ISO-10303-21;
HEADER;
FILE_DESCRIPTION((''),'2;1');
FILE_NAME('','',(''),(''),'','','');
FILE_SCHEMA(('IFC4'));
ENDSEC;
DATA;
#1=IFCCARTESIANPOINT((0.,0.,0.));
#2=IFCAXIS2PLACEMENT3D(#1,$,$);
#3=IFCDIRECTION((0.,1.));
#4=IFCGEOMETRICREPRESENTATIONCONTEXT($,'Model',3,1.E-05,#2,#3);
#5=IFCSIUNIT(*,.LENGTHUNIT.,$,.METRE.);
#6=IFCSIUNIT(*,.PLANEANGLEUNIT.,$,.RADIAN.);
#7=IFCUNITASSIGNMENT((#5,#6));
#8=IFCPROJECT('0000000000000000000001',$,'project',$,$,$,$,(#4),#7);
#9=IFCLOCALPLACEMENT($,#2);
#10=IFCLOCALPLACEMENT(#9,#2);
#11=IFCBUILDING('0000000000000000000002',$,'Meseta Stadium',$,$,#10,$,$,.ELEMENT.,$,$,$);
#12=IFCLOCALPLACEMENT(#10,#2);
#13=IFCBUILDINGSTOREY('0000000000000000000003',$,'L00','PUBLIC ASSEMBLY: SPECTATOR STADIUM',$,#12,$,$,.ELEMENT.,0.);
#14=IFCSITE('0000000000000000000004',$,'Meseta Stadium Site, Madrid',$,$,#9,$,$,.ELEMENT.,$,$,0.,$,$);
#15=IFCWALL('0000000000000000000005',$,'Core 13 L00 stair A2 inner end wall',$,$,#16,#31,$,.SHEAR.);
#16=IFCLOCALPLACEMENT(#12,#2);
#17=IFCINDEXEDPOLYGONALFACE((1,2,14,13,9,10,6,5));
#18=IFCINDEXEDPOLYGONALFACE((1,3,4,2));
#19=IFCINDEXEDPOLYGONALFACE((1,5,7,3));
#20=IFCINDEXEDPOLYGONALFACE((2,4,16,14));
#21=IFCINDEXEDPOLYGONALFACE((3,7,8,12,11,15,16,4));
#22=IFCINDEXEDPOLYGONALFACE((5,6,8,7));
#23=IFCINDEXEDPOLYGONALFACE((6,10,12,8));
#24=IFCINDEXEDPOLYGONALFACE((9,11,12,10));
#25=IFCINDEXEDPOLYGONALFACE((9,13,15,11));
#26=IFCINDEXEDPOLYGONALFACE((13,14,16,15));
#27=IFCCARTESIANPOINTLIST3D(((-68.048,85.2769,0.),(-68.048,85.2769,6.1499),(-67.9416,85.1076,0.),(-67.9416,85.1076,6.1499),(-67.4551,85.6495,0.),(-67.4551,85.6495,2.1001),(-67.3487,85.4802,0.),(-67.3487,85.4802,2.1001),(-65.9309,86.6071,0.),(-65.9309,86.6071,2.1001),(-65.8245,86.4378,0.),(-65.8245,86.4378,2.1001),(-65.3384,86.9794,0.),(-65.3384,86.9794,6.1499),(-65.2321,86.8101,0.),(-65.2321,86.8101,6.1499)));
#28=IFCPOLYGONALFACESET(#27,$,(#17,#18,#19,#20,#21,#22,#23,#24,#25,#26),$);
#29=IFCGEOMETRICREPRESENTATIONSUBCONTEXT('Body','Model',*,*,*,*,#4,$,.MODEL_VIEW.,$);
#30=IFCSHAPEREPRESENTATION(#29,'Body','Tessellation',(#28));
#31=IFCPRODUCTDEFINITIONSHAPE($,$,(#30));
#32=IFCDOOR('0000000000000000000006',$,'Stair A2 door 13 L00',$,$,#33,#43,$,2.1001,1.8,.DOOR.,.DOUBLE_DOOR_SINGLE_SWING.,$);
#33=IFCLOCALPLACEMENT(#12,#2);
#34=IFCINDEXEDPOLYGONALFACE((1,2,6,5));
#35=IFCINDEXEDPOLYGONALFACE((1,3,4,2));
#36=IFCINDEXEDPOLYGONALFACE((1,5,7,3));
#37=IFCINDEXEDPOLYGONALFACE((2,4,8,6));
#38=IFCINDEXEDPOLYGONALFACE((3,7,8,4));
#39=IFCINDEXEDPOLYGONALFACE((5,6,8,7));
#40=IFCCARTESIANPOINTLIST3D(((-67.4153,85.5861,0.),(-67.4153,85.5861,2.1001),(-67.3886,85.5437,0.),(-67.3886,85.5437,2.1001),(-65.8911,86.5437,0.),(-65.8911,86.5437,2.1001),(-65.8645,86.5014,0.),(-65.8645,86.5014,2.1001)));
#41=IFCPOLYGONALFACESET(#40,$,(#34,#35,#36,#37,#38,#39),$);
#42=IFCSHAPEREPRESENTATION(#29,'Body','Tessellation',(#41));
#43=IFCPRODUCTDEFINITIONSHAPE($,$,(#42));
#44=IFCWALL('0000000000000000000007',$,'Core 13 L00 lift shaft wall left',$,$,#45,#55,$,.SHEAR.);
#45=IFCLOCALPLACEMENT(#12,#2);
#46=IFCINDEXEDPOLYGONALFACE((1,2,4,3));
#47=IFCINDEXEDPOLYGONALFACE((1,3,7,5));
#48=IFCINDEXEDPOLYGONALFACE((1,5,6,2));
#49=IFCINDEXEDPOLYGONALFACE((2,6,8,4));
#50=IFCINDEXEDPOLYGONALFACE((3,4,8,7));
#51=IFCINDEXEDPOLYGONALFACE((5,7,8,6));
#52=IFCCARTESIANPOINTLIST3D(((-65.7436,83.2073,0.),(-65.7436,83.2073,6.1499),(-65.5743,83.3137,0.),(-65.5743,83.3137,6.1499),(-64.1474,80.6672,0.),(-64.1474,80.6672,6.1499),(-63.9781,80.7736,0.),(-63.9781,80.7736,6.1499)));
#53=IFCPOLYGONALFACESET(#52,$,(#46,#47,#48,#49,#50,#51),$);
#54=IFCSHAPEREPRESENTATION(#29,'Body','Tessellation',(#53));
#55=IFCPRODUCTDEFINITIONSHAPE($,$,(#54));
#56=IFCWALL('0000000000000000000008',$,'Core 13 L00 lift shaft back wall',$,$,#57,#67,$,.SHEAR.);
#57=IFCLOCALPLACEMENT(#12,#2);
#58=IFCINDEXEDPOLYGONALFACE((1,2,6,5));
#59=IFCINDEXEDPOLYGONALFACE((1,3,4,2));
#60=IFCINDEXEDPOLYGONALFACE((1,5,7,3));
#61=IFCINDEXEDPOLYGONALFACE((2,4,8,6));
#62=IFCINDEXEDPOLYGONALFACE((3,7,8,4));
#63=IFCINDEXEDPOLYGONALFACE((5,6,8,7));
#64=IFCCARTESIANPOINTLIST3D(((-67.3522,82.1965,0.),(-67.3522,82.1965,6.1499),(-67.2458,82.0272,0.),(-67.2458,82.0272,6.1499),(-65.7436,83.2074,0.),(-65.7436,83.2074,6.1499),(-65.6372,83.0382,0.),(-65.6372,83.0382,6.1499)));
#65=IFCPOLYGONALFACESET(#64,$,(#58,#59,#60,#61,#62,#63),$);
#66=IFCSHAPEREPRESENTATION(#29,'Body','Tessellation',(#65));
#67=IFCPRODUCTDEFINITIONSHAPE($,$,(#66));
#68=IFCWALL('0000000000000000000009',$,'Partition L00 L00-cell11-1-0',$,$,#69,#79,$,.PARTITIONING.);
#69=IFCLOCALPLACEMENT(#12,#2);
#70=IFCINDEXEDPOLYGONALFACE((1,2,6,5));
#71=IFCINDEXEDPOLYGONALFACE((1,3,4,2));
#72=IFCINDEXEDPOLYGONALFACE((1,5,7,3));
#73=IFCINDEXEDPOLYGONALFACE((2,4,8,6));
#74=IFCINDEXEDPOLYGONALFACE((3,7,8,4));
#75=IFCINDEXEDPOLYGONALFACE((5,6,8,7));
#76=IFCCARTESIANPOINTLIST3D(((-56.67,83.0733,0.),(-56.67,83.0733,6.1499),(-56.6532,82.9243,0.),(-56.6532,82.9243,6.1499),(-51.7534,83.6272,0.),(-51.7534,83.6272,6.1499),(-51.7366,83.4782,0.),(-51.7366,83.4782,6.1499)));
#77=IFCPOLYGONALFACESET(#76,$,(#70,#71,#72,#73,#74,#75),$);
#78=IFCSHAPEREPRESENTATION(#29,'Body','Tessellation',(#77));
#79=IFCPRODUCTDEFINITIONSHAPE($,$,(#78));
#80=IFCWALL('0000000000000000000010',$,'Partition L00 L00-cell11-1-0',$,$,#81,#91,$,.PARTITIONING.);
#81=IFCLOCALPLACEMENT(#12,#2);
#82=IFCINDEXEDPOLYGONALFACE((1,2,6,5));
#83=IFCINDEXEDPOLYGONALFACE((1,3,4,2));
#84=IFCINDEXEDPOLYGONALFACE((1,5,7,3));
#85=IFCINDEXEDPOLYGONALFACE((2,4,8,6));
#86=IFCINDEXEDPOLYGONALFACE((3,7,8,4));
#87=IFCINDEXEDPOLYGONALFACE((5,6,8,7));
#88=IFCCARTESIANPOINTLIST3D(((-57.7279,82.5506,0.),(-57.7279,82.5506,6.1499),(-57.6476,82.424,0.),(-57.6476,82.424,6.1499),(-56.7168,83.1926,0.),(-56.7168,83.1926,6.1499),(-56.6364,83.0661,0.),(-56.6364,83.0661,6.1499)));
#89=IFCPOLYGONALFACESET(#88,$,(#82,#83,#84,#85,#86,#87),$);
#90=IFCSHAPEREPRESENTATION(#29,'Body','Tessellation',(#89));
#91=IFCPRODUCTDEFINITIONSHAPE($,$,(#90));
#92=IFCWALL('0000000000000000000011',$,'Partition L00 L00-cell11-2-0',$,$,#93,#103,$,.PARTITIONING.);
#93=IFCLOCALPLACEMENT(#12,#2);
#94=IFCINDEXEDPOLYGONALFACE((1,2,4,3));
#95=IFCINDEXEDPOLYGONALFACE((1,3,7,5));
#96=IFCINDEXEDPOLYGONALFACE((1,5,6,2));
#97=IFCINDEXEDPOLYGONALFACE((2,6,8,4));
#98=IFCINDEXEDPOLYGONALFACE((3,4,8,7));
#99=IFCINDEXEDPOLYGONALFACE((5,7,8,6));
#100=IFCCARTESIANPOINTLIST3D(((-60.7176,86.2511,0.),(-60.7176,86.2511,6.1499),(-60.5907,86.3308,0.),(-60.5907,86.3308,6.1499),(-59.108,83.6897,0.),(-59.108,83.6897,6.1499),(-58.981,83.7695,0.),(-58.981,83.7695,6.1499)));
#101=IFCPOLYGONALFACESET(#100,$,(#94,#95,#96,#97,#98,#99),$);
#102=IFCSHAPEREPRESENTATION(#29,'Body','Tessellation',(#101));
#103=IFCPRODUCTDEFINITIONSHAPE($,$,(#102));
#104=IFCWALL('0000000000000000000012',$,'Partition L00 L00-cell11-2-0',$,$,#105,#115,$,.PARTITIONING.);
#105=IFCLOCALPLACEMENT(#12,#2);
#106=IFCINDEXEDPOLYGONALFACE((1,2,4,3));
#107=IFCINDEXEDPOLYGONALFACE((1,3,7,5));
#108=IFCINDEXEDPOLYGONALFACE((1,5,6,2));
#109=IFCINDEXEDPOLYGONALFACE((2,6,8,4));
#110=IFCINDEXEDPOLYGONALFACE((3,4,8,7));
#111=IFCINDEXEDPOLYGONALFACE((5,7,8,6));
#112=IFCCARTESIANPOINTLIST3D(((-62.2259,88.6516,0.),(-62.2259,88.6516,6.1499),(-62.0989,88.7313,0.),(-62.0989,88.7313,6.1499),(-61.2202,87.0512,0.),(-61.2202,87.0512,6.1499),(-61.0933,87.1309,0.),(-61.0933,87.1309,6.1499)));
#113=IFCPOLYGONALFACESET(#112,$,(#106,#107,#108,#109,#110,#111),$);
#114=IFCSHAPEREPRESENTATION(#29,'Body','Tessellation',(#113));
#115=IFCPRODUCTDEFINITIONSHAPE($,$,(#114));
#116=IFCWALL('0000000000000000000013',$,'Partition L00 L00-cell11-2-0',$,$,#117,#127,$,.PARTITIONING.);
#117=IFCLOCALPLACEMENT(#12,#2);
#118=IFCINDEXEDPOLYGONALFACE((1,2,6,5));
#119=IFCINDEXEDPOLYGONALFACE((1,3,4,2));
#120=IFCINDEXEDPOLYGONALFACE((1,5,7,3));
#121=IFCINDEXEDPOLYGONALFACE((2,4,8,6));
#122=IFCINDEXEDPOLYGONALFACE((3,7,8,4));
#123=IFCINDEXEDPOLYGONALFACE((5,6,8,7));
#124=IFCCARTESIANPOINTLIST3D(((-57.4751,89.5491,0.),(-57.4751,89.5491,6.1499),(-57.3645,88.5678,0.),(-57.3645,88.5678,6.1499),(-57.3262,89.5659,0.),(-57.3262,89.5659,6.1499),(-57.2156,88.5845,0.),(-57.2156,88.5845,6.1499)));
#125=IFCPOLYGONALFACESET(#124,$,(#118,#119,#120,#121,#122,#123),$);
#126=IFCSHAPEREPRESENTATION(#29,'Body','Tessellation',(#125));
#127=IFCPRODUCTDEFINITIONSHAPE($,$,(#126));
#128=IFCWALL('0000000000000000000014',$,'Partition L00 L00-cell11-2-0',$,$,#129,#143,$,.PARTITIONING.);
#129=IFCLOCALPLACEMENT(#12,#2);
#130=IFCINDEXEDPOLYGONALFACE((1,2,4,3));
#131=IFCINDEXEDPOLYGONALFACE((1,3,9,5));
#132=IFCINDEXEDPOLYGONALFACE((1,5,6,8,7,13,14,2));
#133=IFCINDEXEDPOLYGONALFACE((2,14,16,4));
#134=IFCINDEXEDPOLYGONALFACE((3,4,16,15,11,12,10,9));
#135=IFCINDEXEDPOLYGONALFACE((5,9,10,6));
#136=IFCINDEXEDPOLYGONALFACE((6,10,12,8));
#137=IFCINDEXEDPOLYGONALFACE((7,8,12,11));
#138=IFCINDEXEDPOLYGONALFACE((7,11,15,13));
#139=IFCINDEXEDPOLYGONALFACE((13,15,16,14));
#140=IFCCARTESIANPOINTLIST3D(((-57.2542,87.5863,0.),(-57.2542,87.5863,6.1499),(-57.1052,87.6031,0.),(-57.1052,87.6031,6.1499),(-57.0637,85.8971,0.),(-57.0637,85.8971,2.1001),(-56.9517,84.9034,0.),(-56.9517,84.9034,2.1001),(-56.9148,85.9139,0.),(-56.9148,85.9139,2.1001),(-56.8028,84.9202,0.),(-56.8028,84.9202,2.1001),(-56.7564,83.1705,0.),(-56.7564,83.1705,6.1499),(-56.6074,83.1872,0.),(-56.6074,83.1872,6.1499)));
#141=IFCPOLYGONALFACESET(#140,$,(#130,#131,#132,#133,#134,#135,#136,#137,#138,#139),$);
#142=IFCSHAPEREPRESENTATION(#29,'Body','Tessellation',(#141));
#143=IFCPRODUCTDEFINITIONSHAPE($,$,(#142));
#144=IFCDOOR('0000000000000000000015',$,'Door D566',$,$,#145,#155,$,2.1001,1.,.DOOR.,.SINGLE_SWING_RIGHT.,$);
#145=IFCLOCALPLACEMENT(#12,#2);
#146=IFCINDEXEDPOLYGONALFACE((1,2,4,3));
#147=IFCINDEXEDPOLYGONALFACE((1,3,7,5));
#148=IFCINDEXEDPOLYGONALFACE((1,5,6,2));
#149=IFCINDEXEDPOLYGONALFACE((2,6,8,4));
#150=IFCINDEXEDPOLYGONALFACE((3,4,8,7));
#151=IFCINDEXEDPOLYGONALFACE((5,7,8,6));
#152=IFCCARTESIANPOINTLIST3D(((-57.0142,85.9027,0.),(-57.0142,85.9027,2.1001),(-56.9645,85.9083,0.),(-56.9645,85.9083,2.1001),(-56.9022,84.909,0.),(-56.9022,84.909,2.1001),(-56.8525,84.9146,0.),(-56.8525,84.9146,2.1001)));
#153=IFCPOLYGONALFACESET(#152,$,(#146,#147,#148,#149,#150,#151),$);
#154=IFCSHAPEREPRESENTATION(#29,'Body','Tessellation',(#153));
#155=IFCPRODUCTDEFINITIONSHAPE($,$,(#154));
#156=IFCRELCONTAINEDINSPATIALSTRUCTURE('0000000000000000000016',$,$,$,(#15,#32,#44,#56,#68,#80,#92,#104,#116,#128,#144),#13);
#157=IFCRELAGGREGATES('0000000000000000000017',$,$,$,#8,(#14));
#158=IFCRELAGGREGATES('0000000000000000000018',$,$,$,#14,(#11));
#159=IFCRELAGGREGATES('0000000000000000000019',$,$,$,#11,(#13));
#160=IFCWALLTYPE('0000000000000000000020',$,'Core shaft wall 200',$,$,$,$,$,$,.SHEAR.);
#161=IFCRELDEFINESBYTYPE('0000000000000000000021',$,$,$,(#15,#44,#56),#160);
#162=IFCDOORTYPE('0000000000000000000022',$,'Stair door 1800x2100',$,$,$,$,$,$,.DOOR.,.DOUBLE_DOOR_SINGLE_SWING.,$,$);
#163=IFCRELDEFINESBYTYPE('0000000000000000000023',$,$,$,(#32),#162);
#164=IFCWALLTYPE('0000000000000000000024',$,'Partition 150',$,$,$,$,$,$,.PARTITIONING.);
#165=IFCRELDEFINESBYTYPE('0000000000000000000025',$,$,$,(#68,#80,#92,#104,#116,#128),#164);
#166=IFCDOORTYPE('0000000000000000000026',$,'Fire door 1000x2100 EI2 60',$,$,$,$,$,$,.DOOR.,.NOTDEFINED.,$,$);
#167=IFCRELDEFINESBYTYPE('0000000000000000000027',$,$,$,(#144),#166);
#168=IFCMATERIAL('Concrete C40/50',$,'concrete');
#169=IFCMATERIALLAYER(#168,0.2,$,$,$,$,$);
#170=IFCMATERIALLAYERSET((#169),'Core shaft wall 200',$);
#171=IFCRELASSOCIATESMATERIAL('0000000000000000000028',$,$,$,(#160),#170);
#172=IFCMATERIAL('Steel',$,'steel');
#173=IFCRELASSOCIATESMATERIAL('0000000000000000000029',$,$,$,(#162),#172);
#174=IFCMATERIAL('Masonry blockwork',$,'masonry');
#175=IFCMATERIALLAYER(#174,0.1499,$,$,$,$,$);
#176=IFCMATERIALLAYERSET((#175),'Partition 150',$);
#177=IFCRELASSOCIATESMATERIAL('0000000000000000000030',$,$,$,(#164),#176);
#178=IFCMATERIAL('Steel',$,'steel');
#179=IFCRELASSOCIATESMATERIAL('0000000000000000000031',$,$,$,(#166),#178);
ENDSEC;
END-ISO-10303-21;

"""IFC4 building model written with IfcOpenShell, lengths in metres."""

from ifc_helpers import new_model, si_unit, direction, frame, frame_2d, origin, place, context, subcontext, project, spatial, rectangle, extrude, material, layer, layer_set, type_object, element, fill, save


model = new_model("IFC4")

# Units and contexts
model_context = context("Model", 3, precision=1e-05, world=origin(), true_north=direction((0.0, 1.0)))
body_context = subcontext(model_context, "Body", "Model", "MODEL_VIEW")
ifc_project = project(units=[si_unit("LENGTHUNIT", "METRE"), si_unit("PLANEANGLEUNIT", "RADIAN")], contexts=[model_context])

# Site, building, storey
site_placement = place(None, origin())
site = spatial("IfcSite", under=ifc_project, at=site_placement, Name="Meseta Stadium Site, Madrid", CompositionType="ELEMENT", RefElevation=0.0)
building_placement = place(site_placement, origin())
building = spatial("IfcBuilding", under=site, at=building_placement, Name="Meseta Stadium", CompositionType="ELEMENT")
storey_placement = place(building_placement, origin())
storey = spatial("IfcBuildingStorey", under=building, at=storey_placement, Name="L00", Description="PUBLIC ASSEMBLY: SPECTATOR STADIUM", CompositionType="ELEMENT", Elevation=0.0)

# Wall, opening, door
ifc_material_1 = material(Name="Concrete C40/50", Category="concrete")
ifc_layer_1 = layer(ifc_material_1, 0.2)
ifc_layer_set_1 = layer_set([ifc_layer_1], Name="Core shaft wall 200")
wall_type_1 = type_object("IfcWallType", Name="Core shaft wall 200", PredefinedType="SHEAR", material=ifc_layer_set_1)
ifc_material_2 = material(Name="Steel", Category="steel")
door_type_1 = type_object("IfcDoorType", Name="Stair door 1800x2100", OperationType="DOUBLE_DOOR_SINGLE_SWING", PredefinedType="DOOR", material=ifc_material_2)
wall_1_placement = place(storey_placement, frame((-65.2852, 86.8948, 0.0), z_axis=(0.0, 0.0, 1.0), x_axis=(-0.846736, -0.532014, 0.0)))
wall_1 = element("IfcWall", 1, at=wall_1_placement, inside=storey, type_object=wall_type_1, Name="Core 13 L00 stair A2 inner end wall", PredefinedType="SHEAR", context=body_context, shape_type="SweptSolid", body=[
    extrude(rectangle(XDim=3.2, YDim=0.2, at=frame_2d((1.6001, 0.0))), origin(), (0.0, 0.0, 1.0), 6.1499),
])
opening_1_placement = place(wall_1_placement, frame((0.7, 0.0, 0.0)))
opening_1 = element("IfcOpeningElement", 2, at=opening_1_placement, cuts=wall_1, PredefinedType="OPENING", context=body_context, shape_type="SweptSolid", body=[
    extrude(rectangle(XDim=1.8, YDim=2.1001, at=frame_2d((0.8999, 1.05))), frame((0.0, 0.1099, 0.0), z_axis=(0.0, -1.0, 0.0), x_axis=(1.0, 0.0, 0.0)), (0.0, 0.0, 1.0), 0.22),
])
door_1_placement = place(opening_1_placement, origin())
door_1 = element("IfcDoor", 3, at=door_1_placement, inside=storey, type_object=door_type_1, Name="Stair A2 door 13 L00", OperationType="DOUBLE_DOOR_SINGLE_SWING", OverallHeight=2.1001, OverallWidth=1.8, PredefinedType="DOOR", context=body_context, shape_type="SweptSolid", body=[
    extrude(rectangle(XDim=1.8, YDim=2.1001, at=frame_2d((0.8999, 1.05))), frame((0.0, 0.0249, 0.0), z_axis=(0.0, -1.0, 0.0), x_axis=(1.0, 0.0, 0.0)), (0.0, 0.0, 1.0), 0.05),
])
fill(opening_1, door_1)

# Walls
wall_2_placement = place(storey_placement, frame((-65.6589, 83.2605, 0.0), z_axis=(0.0, 0.0, 1.0), x_axis=(0.532075, -0.846697, 0.0)))
element("IfcWall", 4, at=wall_2_placement, inside=storey, type_object=wall_type_1, Name="Core 13 L00 lift shaft wall left", PredefinedType="SHEAR", context=body_context, shape_type="SweptSolid", body=[
    extrude(rectangle(XDim=3.0, YDim=0.2, at=frame_2d((1.5, 0.0))), origin(), (0.0, 0.0, 1.0), 6.1499),
])
wall_3_placement = place(storey_placement, frame((-65.6904, 83.1228, 0.0), z_axis=(0.0, 0.0, 1.0), x_axis=(-0.846675, -0.532111, 0.0)))
element("IfcWall", 5, at=wall_3_placement, inside=storey, type_object=wall_type_1, Name="Core 13 L00 lift shaft back wall", PredefinedType="SHEAR", context=body_context, shape_type="SweptSolid", body=[
    extrude(rectangle(XDim=1.8999, YDim=0.2, at=frame_2d((0.95, 0.0))), origin(), (0.0, 0.0, 1.0), 6.1499),
])
ifc_material_3 = material(Name="Masonry blockwork", Category="masonry")
ifc_layer_2 = layer(ifc_material_3, 0.1499)
ifc_layer_set_2 = layer_set([ifc_layer_2], Name="Partition 150")
wall_type_2 = type_object("IfcWallType", Name="Partition 150", PredefinedType="PARTITIONING", material=ifc_layer_set_2)
wall_4_placement = place(storey_placement, frame((-56.6616, 82.9988, 0.0), z_axis=(0.0, 0.0, 1.0), x_axis=(0.993713, 0.111959, 0.0)))
element("IfcWall", 6, at=wall_4_placement, inside=storey, type_object=wall_type_2, Name="Partition L00 L00-cell11-1-0", PredefinedType="PARTITIONING", context=body_context, shape_type="SweptSolid", body=[
    extrude(rectangle(XDim=4.9478, YDim=0.1499, at=frame_2d((2.4739, 0.0))), origin(), (0.0, 0.0, 1.0), 6.1499),
])
wall_5_placement = place(storey_placement, frame((-57.6877, 82.4873, 0.0), z_axis=(0.0, 0.0, 1.0), x_axis=(0.844198, 0.536031, 0.0)))
element("IfcWall", 7, at=wall_5_placement, inside=storey, type_object=wall_type_2, Name="Partition L00 L00-cell11-1-0", PredefinedType="PARTITIONING", context=body_context, shape_type="SweptSolid", body=[
    extrude(rectangle(XDim=1.1978, YDim=0.1499, at=frame_2d((0.5989, 0.0))), origin(), (0.0, 0.0, 1.0), 6.1499),
])
wall_6_placement = place(storey_placement, frame((-59.0444, 83.7295, 0.0), z_axis=(0.0, 0.0, 1.0), x_axis=(-0.532094, 0.846685, 0.0)))
element("IfcWall", 8, at=wall_6_placement, inside=storey, type_object=wall_type_2, Name="Partition L00 L00-cell11-2-0", PredefinedType="PARTITIONING", context=body_context, shape_type="SweptSolid", body=[
    extrude(rectangle(XDim=3.0251, YDim=0.1499, at=frame_2d((1.5127, 0.0))), origin(), (0.0, 0.0, 1.0), 6.1499),
])
wall_7_placement = place(storey_placement, frame((-61.1567, 87.0911, 0.0), z_axis=(0.0, 0.0, 1.0), x_axis=(-0.532052, 0.846711, 0.0)))
element("IfcWall", 9, at=wall_7_placement, inside=storey, type_object=wall_type_2, Name="Partition L00 L00-cell11-2-0", PredefinedType="PARTITIONING", context=body_context, shape_type="SweptSolid", body=[
    extrude(rectangle(XDim=1.8901, YDim=0.1499, at=frame_2d((0.9451, 0.0))), origin(), (0.0, 0.0, 1.0), 6.1499),
])
wall_8_placement = place(storey_placement, frame((-57.4006, 89.5574, 0.0), z_axis=(0.0, 0.0, 1.0), x_axis=(0.111978, -0.993711, 0.0)))
element("IfcWall", 10, at=wall_8_placement, inside=storey, type_object=wall_type_2, Name="Partition L00 L00-cell11-2-0", PredefinedType="PARTITIONING", context=body_context, shape_type="SweptSolid", body=[
    extrude(rectangle(XDim=0.9875, YDim=0.1499, at=frame_2d((0.4937, 0.0))), origin(), (0.0, 0.0, 1.0), 6.1499),
])

# Wall, opening, door
wall_9_placement = place(storey_placement, frame((-57.1797, 87.5947, 0.0), z_axis=(0.0, 0.0, 1.0), x_axis=(0.112023, -0.993706, 0.0)))
wall_9 = element("IfcWall", 11, at=wall_9_placement, inside=storey, type_object=wall_type_2, Name="Partition L00 L00-cell11-2-0", PredefinedType="PARTITIONING", context=body_context, shape_type="SweptSolid", body=[
    extrude(rectangle(XDim=4.4438, YDim=0.1499, at=frame_2d((2.2219, 0.0))), origin(), (0.0, 0.0, 1.0), 6.1499),
])
opening_2_placement = place(wall_9_placement, frame((1.7, 0.0, 0.0)))
opening_2 = element("IfcOpeningElement", 12, at=opening_2_placement, cuts=wall_9, PredefinedType="OPENING", context=body_context, shape_type="SweptSolid", body=[
    extrude(rectangle(XDim=1.0, YDim=2.1001, at=frame_2d((0.5, 1.05))), frame((0.0, 0.085, 0.0), z_axis=(0.0, -1.0, 0.0), x_axis=(1.0, 0.0, 0.0)), (0.0, 0.0, 1.0), 0.1699),
])
ifc_material_4 = material(Name="Steel", Category="steel")
door_type_2 = type_object("IfcDoorType", Name="Fire door 1000x2100 EI2 60", OperationType="NOTDEFINED", PredefinedType="DOOR", material=ifc_material_4)
door_2_placement = place(opening_2_placement, origin())
door_2 = element("IfcDoor", 13, at=door_2_placement, inside=storey, type_object=door_type_2, Name="Door D566", OperationType="SINGLE_SWING_RIGHT", OverallHeight=2.1001, OverallWidth=1.0, PredefinedType="DOOR", context=body_context, shape_type="SweptSolid", body=[
    extrude(rectangle(XDim=1.0, YDim=2.1001, at=frame_2d((0.5, 1.05))), frame((0.0, 0.0249, 0.0), z_axis=(0.0, -1.0, 0.0), x_axis=(1.0, 0.0, 0.0)), (0.0, 0.0, 1.0), 0.05),
])
fill(opening_2, door_2)

save(model, "model.ifc")
